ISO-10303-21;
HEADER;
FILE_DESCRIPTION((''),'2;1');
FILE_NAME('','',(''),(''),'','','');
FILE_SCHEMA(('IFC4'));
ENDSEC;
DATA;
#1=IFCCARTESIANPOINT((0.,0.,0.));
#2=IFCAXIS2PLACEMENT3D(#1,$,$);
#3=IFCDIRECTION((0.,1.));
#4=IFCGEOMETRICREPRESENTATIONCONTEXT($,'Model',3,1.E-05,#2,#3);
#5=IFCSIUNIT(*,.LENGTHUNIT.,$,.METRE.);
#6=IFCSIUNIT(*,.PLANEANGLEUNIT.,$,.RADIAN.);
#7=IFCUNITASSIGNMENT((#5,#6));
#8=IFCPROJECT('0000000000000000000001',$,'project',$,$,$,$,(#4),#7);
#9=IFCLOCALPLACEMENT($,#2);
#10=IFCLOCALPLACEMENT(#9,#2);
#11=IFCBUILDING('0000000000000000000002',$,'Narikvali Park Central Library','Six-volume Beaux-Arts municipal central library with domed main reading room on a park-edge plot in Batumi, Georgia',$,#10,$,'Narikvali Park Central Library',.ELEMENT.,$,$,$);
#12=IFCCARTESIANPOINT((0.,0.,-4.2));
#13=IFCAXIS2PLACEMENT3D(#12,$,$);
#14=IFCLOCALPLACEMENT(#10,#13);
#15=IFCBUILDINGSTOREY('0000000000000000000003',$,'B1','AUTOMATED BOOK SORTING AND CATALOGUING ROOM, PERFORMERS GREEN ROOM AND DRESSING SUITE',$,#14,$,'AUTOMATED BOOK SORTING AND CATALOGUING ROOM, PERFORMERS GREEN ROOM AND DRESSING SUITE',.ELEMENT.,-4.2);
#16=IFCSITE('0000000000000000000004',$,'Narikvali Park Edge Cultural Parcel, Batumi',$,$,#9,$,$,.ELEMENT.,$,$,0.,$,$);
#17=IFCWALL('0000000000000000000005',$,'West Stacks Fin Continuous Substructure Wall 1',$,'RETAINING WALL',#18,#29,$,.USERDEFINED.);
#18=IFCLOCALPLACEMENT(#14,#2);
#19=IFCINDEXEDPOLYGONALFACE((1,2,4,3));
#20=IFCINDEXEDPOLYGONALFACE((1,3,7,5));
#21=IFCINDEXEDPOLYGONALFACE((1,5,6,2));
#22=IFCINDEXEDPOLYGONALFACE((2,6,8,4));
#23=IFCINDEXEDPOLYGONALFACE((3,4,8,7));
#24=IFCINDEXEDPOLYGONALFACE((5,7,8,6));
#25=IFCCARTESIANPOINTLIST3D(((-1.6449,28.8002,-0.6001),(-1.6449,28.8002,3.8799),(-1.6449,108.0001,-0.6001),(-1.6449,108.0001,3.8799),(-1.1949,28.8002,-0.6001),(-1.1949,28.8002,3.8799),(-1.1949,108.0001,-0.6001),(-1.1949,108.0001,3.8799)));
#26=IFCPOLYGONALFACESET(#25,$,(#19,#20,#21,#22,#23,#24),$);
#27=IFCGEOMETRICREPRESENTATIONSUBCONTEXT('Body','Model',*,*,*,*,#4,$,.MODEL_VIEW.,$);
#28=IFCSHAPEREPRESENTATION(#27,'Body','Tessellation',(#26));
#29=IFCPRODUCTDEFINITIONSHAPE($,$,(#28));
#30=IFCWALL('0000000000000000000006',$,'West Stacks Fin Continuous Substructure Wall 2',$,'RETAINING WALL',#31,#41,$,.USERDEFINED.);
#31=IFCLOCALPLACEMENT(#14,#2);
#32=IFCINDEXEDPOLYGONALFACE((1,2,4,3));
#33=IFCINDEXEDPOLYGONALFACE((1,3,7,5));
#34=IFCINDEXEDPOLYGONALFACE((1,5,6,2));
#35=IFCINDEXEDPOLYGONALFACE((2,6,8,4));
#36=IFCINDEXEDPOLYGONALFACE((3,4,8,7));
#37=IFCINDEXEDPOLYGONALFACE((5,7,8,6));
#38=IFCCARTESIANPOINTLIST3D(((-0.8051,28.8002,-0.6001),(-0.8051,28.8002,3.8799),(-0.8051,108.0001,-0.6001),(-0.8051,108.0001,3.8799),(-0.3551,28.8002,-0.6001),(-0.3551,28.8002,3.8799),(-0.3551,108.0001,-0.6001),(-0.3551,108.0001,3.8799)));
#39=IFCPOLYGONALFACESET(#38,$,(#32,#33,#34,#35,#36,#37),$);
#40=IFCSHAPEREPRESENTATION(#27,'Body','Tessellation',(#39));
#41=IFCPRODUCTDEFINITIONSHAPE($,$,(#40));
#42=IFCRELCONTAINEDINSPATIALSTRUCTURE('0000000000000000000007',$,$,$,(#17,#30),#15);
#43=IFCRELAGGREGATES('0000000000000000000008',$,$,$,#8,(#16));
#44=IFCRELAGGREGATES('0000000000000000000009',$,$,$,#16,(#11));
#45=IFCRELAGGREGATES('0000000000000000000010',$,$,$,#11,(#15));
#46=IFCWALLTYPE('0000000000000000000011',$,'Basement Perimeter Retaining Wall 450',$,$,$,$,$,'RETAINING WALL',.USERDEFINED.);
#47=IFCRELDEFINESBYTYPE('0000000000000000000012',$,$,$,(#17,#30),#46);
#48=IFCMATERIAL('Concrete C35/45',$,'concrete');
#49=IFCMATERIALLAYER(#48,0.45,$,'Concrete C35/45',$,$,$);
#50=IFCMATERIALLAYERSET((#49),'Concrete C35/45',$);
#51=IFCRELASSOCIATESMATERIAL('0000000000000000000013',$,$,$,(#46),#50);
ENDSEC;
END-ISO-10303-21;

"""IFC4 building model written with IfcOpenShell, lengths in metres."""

from ifc_helpers import new_model, si_unit, direction, frame, frame_2d, origin, place, context, subcontext, project, spatial, rectangle, extrude, material, layer, layer_set, type_object, element, save


model = new_model("IFC4")

# Units and contexts
model_context = context("Model", 3, precision=1e-05, world=origin(), true_north=direction((0.0, 1.0)))
body_context = subcontext(model_context, "Body", "Model", "MODEL_VIEW")
ifc_project = project(units=[si_unit("LENGTHUNIT", "METRE"), si_unit("PLANEANGLEUNIT", "RADIAN")], contexts=[model_context])

# Site, building, storey
site_placement = place(None, origin())
site = spatial("IfcSite", under=ifc_project, at=site_placement, Name="Narikvali Park Edge Cultural Parcel, Batumi", CompositionType="ELEMENT", RefElevation=0.0)
building_placement = place(site_placement, origin())
building = spatial("IfcBuilding", under=site, at=building_placement, Name="Narikvali Park Central Library", Description="Six-volume Beaux-Arts municipal central library with domed main reading room on a park-edge plot in Batumi, Georgia", LongName="Narikvali Park Central Library", CompositionType="ELEMENT")
storey_placement = place(building_placement, frame((0.0, 0.0, -4.2)))
storey = spatial("IfcBuildingStorey", under=building, at=storey_placement, Name="B1", Description="AUTOMATED BOOK SORTING AND CATALOGUING ROOM, PERFORMERS GREEN ROOM AND DRESSING SUITE", LongName="AUTOMATED BOOK SORTING AND CATALOGUING ROOM, PERFORMERS GREEN ROOM AND DRESSING SUITE", CompositionType="ELEMENT", Elevation=-4.2)

# Shared definitions
ifc_material_1 = material(Name="Concrete C35/45", Category="concrete")

# Walls
ifc_layer_1 = layer(ifc_material_1, 0.45, Name="Concrete C35/45")
ifc_layer_set_1 = layer_set([ifc_layer_1], Name="Concrete C35/45")
wall_type = type_object("IfcWallType", Name="Basement Perimeter Retaining Wall 450", ElementType="RETAINING WALL", PredefinedType="USERDEFINED", material=ifc_layer_set_1)
for number, where, z_axis, x_axis, name in (
    (1, (-1.4199, 28.8, -0.6001), (0.0, 0.0, 1.0), (0.0, 1.0, 0.0), "West Stacks Fin Continuous Substructure Wall 1"),
    (2, (-0.5801, 28.8, -0.6001), (0.0, 0.0, 1.0), (0.0, 1.0, 0.0), "West Stacks Fin Continuous Substructure Wall 2"),
):
    element("IfcWall", number, at=place(storey_placement, frame(where, z_axis=z_axis, x_axis=x_axis)), inside=storey, type_object=wall_type, Name=name, ObjectType="RETAINING WALL", PredefinedType="USERDEFINED", context=body_context, shape_type="SweptSolid", body=[
        extrude(rectangle(XDim=79.2, YDim=0.45, at=frame_2d((39.6001, 0.0))), origin(), (0.0, 0.0, 1.0), 4.48),
    ])

save(model, "model.ifc")
